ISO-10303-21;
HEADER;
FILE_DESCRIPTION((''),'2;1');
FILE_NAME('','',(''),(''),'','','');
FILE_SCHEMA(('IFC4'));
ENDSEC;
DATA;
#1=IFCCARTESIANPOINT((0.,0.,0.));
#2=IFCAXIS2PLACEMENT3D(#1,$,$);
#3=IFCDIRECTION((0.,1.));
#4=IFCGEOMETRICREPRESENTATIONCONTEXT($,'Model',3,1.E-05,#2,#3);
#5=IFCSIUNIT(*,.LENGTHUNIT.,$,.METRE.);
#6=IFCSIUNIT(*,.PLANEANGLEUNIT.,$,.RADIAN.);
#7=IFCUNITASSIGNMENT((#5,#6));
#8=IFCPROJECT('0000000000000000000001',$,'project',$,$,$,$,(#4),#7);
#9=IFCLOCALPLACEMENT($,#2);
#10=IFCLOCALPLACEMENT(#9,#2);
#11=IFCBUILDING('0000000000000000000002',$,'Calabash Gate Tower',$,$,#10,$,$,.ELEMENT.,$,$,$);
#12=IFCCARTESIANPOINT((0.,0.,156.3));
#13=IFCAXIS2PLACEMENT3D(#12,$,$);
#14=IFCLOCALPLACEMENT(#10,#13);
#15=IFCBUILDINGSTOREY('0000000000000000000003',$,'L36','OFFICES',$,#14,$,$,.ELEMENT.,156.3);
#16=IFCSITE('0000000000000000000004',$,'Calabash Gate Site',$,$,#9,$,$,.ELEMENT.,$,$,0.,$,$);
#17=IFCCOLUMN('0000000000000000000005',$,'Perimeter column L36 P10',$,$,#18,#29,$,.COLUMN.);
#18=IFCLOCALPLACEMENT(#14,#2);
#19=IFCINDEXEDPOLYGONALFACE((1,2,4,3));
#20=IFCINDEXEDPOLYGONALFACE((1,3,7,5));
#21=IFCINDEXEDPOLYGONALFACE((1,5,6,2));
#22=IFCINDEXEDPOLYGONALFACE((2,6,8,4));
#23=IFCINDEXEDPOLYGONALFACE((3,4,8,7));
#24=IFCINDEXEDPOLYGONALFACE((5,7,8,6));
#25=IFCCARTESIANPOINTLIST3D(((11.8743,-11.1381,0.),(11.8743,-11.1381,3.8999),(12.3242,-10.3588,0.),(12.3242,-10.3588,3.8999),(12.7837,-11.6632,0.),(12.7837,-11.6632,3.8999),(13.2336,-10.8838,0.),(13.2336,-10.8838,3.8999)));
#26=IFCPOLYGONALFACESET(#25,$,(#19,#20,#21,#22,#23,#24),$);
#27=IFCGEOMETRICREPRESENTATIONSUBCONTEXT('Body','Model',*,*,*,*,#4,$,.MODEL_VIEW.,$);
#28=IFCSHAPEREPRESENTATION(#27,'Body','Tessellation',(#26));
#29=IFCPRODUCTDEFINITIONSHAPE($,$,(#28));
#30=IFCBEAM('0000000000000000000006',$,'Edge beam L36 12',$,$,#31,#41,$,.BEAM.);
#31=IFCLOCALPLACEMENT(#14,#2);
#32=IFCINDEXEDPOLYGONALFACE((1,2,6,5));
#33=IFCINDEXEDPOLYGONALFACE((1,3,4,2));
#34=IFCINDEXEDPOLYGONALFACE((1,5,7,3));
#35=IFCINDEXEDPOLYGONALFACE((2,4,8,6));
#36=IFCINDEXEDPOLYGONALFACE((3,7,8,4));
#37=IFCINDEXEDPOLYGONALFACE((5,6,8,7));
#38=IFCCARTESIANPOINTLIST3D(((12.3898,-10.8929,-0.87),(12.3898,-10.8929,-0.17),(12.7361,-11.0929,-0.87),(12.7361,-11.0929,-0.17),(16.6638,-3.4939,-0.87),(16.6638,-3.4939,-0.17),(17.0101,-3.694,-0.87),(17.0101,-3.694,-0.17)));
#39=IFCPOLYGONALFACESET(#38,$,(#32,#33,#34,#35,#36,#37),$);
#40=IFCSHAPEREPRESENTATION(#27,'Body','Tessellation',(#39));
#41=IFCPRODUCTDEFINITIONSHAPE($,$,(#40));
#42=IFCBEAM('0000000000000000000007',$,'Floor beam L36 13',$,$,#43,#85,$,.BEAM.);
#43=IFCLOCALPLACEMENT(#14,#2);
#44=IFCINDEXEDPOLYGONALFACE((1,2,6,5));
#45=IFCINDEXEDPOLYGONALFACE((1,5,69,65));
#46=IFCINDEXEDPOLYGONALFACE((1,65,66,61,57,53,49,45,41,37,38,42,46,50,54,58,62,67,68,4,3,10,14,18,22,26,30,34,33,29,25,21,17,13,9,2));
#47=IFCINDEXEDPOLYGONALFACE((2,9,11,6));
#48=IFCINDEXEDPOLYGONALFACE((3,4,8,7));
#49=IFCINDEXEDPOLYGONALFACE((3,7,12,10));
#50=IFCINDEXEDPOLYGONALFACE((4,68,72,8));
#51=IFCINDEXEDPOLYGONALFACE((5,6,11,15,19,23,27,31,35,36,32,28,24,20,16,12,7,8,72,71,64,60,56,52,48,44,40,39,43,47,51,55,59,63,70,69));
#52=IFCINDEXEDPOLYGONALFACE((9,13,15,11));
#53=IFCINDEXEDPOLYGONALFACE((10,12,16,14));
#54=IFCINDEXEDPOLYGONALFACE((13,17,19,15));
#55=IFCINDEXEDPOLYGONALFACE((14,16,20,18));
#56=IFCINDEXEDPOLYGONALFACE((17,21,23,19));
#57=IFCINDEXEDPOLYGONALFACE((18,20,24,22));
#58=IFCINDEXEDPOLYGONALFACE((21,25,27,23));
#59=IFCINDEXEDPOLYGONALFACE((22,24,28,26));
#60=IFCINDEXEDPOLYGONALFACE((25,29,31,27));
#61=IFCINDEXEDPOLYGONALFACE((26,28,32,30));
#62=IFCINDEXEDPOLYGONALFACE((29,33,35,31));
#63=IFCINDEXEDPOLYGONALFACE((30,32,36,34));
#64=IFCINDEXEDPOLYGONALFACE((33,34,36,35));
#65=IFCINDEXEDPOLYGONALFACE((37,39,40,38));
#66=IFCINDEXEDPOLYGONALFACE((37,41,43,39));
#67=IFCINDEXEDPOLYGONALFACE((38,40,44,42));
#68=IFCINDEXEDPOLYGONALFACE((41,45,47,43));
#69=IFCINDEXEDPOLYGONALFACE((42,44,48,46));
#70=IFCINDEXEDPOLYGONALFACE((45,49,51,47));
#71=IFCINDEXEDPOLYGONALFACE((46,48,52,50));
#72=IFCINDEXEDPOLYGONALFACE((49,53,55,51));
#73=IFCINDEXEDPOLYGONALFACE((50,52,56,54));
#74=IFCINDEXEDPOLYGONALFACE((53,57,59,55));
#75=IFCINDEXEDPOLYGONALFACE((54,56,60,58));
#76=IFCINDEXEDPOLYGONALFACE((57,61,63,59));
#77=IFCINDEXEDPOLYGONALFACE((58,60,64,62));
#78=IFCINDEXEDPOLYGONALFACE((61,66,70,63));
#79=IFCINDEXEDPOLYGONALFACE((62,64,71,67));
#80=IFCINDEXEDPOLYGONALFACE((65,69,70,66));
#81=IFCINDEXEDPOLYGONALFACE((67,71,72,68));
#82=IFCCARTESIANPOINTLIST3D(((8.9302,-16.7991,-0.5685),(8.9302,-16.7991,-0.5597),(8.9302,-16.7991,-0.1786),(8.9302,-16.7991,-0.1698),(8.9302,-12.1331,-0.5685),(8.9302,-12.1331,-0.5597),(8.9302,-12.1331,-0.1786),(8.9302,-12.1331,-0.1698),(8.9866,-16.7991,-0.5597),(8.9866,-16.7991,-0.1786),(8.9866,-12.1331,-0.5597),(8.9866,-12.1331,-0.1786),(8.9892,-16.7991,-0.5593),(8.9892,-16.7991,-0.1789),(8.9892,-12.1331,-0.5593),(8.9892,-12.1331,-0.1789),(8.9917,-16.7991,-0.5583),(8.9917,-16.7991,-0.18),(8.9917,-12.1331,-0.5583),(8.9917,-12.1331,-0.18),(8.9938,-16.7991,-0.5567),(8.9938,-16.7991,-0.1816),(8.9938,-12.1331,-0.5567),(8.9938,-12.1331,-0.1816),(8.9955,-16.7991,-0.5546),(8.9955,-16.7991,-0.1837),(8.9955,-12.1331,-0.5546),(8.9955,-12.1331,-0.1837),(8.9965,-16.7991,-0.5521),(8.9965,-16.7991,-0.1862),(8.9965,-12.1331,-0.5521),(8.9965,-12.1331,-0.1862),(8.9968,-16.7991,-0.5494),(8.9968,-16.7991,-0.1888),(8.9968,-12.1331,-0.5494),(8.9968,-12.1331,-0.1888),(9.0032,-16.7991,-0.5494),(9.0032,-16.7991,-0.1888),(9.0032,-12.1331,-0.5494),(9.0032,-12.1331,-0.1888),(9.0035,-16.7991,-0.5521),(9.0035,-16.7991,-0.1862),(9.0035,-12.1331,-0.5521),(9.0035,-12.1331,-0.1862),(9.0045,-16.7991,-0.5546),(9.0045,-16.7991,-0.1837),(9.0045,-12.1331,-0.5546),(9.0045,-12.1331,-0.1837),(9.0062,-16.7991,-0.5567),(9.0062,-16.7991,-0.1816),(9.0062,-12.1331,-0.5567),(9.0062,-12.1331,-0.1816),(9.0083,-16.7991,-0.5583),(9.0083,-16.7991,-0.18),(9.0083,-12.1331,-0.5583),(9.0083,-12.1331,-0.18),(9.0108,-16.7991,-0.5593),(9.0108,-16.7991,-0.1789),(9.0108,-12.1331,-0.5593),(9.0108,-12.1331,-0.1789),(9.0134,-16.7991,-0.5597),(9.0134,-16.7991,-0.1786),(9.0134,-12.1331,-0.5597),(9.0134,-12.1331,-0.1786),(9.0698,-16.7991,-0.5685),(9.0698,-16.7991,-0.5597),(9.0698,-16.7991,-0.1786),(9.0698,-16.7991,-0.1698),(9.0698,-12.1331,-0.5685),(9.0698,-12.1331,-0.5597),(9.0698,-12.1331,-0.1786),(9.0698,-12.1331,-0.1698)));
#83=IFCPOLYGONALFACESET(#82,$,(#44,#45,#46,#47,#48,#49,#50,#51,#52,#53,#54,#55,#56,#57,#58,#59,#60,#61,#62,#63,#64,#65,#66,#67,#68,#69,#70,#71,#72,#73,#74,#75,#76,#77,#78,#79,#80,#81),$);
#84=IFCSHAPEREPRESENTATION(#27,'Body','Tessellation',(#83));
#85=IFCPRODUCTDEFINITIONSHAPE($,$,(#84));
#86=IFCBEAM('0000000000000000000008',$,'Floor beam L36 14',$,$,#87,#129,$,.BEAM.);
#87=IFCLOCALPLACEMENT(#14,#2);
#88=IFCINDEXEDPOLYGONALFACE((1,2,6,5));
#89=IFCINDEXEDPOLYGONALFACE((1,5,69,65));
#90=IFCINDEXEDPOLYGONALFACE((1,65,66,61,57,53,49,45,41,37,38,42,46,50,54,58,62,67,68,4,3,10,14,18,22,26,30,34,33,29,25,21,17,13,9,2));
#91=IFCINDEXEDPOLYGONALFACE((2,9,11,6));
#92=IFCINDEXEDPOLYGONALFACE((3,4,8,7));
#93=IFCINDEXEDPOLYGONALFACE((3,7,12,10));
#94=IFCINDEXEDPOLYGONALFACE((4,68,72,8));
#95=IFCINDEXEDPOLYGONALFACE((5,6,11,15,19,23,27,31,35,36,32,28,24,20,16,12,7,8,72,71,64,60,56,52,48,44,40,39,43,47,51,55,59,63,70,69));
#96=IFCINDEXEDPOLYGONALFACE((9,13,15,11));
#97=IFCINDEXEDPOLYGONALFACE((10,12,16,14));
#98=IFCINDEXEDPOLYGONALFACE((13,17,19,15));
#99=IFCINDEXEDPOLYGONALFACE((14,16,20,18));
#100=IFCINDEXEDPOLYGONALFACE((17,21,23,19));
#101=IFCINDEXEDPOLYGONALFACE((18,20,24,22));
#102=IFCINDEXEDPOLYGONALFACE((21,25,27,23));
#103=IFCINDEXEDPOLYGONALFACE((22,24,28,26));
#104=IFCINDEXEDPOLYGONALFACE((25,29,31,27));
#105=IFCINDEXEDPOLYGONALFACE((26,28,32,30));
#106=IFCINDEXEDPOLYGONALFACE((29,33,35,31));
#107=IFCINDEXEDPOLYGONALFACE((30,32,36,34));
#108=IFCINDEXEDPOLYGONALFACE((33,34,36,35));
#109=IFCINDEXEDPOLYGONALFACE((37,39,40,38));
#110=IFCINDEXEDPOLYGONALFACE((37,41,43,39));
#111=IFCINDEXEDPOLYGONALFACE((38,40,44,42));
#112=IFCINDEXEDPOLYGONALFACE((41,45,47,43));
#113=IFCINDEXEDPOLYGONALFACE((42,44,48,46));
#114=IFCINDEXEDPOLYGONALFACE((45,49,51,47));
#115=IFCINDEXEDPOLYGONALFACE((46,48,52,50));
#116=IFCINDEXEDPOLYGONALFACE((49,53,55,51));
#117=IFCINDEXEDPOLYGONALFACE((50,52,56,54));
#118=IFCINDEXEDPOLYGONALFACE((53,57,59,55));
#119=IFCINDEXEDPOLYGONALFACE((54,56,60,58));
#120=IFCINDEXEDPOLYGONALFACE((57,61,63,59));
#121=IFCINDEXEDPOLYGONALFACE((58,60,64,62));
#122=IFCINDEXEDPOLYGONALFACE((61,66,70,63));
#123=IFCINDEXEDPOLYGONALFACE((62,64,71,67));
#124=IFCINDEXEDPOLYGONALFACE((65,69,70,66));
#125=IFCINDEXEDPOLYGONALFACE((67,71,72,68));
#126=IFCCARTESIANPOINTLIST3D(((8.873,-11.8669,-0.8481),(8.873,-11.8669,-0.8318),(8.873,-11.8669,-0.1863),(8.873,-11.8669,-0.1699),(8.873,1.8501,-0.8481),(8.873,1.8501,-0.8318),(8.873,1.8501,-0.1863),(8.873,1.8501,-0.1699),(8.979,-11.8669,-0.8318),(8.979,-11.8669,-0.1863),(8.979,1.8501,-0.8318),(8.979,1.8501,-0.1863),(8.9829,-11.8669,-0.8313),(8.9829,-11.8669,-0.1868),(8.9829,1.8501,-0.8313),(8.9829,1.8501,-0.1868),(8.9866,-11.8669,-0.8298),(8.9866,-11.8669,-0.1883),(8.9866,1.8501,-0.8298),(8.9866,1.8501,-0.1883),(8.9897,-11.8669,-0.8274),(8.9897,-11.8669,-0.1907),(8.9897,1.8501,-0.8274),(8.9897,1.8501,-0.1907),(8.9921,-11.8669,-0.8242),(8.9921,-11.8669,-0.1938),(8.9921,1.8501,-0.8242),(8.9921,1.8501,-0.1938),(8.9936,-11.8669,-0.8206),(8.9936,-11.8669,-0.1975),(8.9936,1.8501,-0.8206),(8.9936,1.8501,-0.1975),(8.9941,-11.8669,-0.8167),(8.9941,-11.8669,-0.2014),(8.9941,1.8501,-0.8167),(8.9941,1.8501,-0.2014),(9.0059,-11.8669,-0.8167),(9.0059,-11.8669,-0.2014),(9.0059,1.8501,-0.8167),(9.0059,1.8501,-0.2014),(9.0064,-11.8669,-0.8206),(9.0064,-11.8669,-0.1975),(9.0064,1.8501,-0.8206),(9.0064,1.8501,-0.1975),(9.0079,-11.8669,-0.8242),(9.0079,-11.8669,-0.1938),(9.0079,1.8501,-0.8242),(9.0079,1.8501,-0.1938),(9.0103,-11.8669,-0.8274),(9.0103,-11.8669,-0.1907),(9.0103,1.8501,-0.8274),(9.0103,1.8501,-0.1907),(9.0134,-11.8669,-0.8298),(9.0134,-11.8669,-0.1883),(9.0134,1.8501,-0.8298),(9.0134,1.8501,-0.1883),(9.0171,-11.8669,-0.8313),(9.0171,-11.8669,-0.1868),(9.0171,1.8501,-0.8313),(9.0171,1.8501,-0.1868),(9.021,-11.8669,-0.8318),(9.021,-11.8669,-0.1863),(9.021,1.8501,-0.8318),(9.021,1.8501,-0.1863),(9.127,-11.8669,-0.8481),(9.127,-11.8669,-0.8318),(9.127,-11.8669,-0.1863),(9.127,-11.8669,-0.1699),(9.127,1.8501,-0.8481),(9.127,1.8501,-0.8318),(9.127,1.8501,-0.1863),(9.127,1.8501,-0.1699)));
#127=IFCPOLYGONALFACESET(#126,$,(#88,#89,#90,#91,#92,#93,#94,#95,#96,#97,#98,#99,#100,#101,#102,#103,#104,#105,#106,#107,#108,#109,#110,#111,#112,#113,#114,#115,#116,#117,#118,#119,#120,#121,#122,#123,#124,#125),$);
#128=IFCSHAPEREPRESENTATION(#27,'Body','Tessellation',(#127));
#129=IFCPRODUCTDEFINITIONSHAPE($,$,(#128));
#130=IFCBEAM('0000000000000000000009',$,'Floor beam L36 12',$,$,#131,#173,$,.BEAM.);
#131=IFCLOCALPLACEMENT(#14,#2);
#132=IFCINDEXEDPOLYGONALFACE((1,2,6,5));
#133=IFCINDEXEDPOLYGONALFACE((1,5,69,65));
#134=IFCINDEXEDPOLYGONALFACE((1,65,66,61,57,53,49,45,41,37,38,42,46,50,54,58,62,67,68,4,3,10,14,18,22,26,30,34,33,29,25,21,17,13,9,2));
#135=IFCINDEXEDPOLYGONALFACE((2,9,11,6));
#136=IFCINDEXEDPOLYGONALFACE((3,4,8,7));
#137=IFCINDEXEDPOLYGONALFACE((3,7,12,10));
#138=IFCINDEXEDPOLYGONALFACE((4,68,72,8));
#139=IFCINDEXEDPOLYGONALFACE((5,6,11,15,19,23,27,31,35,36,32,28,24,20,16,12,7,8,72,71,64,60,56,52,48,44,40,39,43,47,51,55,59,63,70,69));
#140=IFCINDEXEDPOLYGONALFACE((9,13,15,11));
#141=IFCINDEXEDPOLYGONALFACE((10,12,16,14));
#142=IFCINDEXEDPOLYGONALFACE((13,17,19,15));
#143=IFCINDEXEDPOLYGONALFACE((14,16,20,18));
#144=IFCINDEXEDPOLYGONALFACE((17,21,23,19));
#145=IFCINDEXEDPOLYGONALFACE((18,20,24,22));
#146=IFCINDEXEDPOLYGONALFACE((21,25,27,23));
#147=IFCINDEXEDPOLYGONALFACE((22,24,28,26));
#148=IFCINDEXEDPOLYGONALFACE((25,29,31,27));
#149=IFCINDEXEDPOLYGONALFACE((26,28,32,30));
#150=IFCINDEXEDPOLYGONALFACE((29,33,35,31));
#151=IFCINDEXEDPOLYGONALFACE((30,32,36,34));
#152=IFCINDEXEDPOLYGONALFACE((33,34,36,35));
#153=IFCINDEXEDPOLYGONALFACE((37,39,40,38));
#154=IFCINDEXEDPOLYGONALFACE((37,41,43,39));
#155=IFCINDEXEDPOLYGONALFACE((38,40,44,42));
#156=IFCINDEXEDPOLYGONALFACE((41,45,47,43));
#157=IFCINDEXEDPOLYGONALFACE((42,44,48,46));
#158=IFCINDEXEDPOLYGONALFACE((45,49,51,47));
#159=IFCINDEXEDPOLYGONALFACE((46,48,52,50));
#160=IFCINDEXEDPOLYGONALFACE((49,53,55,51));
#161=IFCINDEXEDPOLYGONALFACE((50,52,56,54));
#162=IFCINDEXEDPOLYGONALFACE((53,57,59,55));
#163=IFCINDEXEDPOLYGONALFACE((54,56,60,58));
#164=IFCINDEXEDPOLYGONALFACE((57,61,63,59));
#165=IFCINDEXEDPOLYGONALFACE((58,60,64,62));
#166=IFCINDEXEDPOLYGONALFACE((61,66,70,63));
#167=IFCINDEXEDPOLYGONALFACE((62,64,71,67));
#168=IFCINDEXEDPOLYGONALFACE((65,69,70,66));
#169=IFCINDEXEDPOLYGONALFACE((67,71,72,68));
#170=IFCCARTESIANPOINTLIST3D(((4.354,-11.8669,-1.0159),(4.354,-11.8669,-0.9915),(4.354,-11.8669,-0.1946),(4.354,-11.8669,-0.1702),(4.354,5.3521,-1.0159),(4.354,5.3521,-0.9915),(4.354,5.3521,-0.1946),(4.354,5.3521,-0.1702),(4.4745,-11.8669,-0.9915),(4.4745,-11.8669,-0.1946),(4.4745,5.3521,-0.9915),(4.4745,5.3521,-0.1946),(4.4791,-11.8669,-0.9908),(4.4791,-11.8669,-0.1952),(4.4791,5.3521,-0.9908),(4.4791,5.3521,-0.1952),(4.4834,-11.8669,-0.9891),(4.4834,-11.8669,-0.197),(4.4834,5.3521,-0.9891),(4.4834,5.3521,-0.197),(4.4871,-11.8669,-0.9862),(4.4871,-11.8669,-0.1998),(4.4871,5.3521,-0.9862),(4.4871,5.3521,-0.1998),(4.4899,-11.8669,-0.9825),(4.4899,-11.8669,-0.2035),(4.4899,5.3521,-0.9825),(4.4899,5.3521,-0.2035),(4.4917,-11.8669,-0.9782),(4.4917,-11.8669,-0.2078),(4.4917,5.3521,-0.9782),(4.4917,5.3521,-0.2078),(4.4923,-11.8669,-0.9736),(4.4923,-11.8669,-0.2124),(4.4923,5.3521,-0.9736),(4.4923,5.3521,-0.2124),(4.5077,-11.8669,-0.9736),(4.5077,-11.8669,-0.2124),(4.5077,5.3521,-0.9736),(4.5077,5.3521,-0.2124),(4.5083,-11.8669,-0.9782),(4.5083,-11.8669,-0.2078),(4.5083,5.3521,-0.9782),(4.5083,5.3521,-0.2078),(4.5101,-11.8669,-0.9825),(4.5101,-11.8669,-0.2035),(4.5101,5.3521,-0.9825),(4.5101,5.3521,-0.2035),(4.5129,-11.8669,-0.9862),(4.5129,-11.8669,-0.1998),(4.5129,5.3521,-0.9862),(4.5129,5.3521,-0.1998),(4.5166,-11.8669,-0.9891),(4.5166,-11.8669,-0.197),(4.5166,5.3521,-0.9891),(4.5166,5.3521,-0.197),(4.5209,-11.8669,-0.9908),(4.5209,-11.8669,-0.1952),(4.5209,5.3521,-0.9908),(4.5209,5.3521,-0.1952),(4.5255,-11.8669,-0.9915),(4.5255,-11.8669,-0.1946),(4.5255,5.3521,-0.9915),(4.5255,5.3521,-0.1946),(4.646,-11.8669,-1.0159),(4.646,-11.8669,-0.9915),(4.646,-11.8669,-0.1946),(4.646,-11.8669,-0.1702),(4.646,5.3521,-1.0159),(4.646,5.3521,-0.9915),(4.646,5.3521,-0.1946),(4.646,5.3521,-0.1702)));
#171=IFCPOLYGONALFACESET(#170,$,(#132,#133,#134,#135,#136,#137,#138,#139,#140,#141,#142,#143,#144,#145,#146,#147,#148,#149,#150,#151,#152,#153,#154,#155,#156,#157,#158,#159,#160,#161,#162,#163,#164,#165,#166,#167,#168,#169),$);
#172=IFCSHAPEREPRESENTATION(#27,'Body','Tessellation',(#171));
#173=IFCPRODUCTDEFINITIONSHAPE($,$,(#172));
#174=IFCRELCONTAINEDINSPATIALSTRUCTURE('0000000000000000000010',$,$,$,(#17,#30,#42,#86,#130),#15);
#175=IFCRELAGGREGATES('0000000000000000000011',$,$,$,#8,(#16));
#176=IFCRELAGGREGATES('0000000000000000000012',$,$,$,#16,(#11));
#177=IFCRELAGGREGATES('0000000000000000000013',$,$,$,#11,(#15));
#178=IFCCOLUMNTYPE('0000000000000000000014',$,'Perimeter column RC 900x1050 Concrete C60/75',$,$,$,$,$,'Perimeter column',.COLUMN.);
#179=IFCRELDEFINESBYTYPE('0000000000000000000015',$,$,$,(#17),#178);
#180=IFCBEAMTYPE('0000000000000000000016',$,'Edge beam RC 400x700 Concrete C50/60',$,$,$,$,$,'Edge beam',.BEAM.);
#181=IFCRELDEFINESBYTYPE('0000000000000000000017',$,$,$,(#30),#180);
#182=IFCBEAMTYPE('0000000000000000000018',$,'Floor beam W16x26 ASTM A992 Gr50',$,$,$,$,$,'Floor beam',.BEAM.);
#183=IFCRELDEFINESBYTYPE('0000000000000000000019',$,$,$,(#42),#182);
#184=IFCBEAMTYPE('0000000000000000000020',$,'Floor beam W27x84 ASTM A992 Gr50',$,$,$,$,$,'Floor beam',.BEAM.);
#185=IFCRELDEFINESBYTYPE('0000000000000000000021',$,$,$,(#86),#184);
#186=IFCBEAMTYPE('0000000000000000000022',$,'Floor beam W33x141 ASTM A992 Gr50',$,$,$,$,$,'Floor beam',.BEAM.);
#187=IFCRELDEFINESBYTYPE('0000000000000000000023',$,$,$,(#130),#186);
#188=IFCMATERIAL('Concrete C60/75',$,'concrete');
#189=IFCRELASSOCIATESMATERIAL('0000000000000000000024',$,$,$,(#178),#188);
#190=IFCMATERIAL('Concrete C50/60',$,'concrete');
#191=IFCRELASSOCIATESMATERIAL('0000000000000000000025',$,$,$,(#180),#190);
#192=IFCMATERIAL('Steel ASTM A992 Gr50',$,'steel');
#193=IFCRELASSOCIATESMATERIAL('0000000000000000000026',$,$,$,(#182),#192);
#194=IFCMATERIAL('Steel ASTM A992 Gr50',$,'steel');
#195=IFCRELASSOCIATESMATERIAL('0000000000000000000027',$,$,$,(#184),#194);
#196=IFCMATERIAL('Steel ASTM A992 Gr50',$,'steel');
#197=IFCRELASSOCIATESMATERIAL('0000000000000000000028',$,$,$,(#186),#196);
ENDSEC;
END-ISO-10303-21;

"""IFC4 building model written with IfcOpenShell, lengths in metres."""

from ifc_helpers import new_model, si_unit, direction, frame, origin, origin_2d, place, context, subcontext, project, spatial, rectangle, i_section, extrude, material, material_profile, profile_set, type_object, element, save


model = new_model("IFC4")

# Units and contexts
model_context = context("Model", 3, precision=1e-05, world=origin(), true_north=direction((0.0, 1.0)))
body_context = subcontext(model_context, "Body", "Model", "MODEL_VIEW")
ifc_project = project(units=[si_unit("LENGTHUNIT", "METRE"), si_unit("PLANEANGLEUNIT", "RADIAN")], contexts=[model_context])

# Site, building, storey
site_placement = place(None, origin())
site = spatial("IfcSite", under=ifc_project, at=site_placement, Name="Calabash Gate Site", CompositionType="ELEMENT", RefElevation=0.0)
building_placement = place(site_placement, origin())
building = spatial("IfcBuilding", under=site, at=building_placement, Name="Calabash Gate Tower", CompositionType="ELEMENT")
storey_placement = place(building_placement, frame((0.0, 0.0, 156.3)))
storey = spatial("IfcBuildingStorey", under=building, at=storey_placement, Name="L36", Description="OFFICES", CompositionType="ELEMENT", Elevation=156.3)

# Column
ifc_material_1 = material(Name="Concrete C60/75", Category="concrete")
ifc_material_profile_1 = material_profile(ifc_material_1, rectangle(XDim=0.8999, YDim=1.05, at=origin_2d()))
ifc_profile_set_1 = profile_set([ifc_material_profile_1], Name="Concrete C60/75")
column_type = type_object("IfcColumnType", Name="Perimeter column RC 900x1050 Concrete C60/75", ElementType="Perimeter column", PredefinedType="COLUMN", material=ifc_profile_set_1)
column_placement = place(storey_placement, frame((12.554, -11.011, 0.0), z_axis=(0.0, 0.0, 1.0), x_axis=(0.5, 0.866025, 0.0)))
element("IfcColumn", 1, at=column_placement, inside=storey, type_object=column_type, Name="Perimeter column L36 P10", PredefinedType="COLUMN", context=body_context, shape_type="SweptSolid", body=[
    extrude(rectangle(XDim=0.8999, YDim=1.05, at=origin_2d()), origin(), (0.0, 0.0, 1.0), 3.8999),
])

# Beams
ifc_material_2 = material(Name="Concrete C50/60", Category="concrete")
ifc_material_profile_2 = material_profile(ifc_material_2, rectangle(XDim=0.3999, YDim=0.7, at=origin_2d()))
ifc_profile_set_2 = profile_set([ifc_material_profile_2], Name="Concrete C50/60")
beam_type_1 = type_object("IfcBeamType", Name="Edge beam RC 400x700 Concrete C50/60", ElementType="Edge beam", PredefinedType="BEAM", material=ifc_profile_set_2)
beam_1_placement = place(storey_placement, frame((12.563, -10.9929, -0.52), z_axis=(0.500189, 0.865916, 0.0), x_axis=(-0.865916, 0.500189, 0.0)))
element("IfcBeam", 2, at=beam_1_placement, inside=storey, type_object=beam_type_1, Name="Edge beam L36 12", PredefinedType="BEAM", context=body_context, shape_type="SweptSolid", body=[
    extrude(rectangle(XDim=0.3999, YDim=0.7, at=origin_2d()), origin(), (0.0, 0.0, 1.0), 8.5447),
])
ifc_material_3 = material(Name="Steel ASTM A992 Gr50", Category="steel")
ifc_material_profile_3 = material_profile(ifc_material_3, i_section(OverallWidth=0.1396, OverallDepth=0.3987, WebThickness=0.0063, FlangeThickness=0.0088, FilletRadius=0.0103, at=origin_2d()))
ifc_profile_set_3 = profile_set([ifc_material_profile_3], Name="Steel ASTM A992 Gr50")
beam_type_2 = type_object("IfcBeamType", Name="Floor beam W16x26 ASTM A992 Gr50", ElementType="Floor beam", PredefinedType="BEAM", material=ifc_profile_set_3)
beam_2_placement = place(storey_placement, frame((9.0, -16.7991, -0.3691), z_axis=(0.0, 1.0, 0.0), x_axis=(-1.0, 0.0, 0.0)))
element("IfcBeam", 3, at=beam_2_placement, inside=storey, type_object=beam_type_2, Name="Floor beam L36 13", PredefinedType="BEAM", context=body_context, shape_type="SweptSolid", body=[
    extrude(i_section(OverallWidth=0.1396, OverallDepth=0.3987, WebThickness=0.0063, FlangeThickness=0.0088, FilletRadius=0.0103, at=origin_2d()), origin(), (0.0, 0.0, 1.0), 4.666),
])
ifc_material_4 = material(Name="Steel ASTM A992 Gr50", Category="steel")
ifc_material_profile_4 = material_profile(ifc_material_4, i_section(OverallWidth=0.2539, OverallDepth=0.6782, WebThickness=0.0117, FlangeThickness=0.0164, FilletRadius=0.0151, at=origin_2d()))
ifc_profile_set_4 = profile_set([ifc_material_profile_4], Name="Steel ASTM A992 Gr50")
beam_type_3 = type_object("IfcBeamType", Name="Floor beam W27x84 ASTM A992 Gr50", ElementType="Floor beam", PredefinedType="BEAM", material=ifc_profile_set_4)
beam_3_placement = place(storey_placement, frame((9.0, -11.8669, -0.509), z_axis=(0.0, 1.0, 0.0), x_axis=(-1.0, 0.0, 0.0)))
element("IfcBeam", 4, at=beam_3_placement, inside=storey, type_object=beam_type_3, Name="Floor beam L36 14", PredefinedType="BEAM", context=body_context, shape_type="SweptSolid", body=[
    extrude(i_section(OverallWidth=0.2539, OverallDepth=0.6782, WebThickness=0.0117, FlangeThickness=0.0164, FilletRadius=0.0151, at=origin_2d()), origin(), (0.0, 0.0, 1.0), 13.717),
])
ifc_material_5 = material(Name="Steel ASTM A992 Gr50", Category="steel")
ifc_material_profile_5 = material_profile(ifc_material_5, i_section(OverallWidth=0.292, OverallDepth=0.8457, WebThickness=0.0154, FlangeThickness=0.0244, FilletRadius=0.0178, at=origin_2d()))
ifc_profile_set_5 = profile_set([ifc_material_profile_5], Name="Steel ASTM A992 Gr50")
beam_type_4 = type_object("IfcBeamType", Name="Floor beam W33x141 ASTM A992 Gr50", ElementType="Floor beam", PredefinedType="BEAM", material=ifc_profile_set_5)
beam_4_placement = place(storey_placement, frame((4.5, -11.8669, -0.593), z_axis=(0.0, 1.0, 0.0), x_axis=(-1.0, 0.0, 0.0)))
element("IfcBeam", 5, at=beam_4_placement, inside=storey, type_object=beam_type_4, Name="Floor beam L36 12", PredefinedType="BEAM", context=body_context, shape_type="SweptSolid", body=[
    extrude(i_section(OverallWidth=0.292, OverallDepth=0.8457, WebThickness=0.0154, FlangeThickness=0.0244, FilletRadius=0.0178, at=origin_2d()), origin(), (0.0, 0.0, 1.0), 17.219),
])

save(model, "model.ifc")
